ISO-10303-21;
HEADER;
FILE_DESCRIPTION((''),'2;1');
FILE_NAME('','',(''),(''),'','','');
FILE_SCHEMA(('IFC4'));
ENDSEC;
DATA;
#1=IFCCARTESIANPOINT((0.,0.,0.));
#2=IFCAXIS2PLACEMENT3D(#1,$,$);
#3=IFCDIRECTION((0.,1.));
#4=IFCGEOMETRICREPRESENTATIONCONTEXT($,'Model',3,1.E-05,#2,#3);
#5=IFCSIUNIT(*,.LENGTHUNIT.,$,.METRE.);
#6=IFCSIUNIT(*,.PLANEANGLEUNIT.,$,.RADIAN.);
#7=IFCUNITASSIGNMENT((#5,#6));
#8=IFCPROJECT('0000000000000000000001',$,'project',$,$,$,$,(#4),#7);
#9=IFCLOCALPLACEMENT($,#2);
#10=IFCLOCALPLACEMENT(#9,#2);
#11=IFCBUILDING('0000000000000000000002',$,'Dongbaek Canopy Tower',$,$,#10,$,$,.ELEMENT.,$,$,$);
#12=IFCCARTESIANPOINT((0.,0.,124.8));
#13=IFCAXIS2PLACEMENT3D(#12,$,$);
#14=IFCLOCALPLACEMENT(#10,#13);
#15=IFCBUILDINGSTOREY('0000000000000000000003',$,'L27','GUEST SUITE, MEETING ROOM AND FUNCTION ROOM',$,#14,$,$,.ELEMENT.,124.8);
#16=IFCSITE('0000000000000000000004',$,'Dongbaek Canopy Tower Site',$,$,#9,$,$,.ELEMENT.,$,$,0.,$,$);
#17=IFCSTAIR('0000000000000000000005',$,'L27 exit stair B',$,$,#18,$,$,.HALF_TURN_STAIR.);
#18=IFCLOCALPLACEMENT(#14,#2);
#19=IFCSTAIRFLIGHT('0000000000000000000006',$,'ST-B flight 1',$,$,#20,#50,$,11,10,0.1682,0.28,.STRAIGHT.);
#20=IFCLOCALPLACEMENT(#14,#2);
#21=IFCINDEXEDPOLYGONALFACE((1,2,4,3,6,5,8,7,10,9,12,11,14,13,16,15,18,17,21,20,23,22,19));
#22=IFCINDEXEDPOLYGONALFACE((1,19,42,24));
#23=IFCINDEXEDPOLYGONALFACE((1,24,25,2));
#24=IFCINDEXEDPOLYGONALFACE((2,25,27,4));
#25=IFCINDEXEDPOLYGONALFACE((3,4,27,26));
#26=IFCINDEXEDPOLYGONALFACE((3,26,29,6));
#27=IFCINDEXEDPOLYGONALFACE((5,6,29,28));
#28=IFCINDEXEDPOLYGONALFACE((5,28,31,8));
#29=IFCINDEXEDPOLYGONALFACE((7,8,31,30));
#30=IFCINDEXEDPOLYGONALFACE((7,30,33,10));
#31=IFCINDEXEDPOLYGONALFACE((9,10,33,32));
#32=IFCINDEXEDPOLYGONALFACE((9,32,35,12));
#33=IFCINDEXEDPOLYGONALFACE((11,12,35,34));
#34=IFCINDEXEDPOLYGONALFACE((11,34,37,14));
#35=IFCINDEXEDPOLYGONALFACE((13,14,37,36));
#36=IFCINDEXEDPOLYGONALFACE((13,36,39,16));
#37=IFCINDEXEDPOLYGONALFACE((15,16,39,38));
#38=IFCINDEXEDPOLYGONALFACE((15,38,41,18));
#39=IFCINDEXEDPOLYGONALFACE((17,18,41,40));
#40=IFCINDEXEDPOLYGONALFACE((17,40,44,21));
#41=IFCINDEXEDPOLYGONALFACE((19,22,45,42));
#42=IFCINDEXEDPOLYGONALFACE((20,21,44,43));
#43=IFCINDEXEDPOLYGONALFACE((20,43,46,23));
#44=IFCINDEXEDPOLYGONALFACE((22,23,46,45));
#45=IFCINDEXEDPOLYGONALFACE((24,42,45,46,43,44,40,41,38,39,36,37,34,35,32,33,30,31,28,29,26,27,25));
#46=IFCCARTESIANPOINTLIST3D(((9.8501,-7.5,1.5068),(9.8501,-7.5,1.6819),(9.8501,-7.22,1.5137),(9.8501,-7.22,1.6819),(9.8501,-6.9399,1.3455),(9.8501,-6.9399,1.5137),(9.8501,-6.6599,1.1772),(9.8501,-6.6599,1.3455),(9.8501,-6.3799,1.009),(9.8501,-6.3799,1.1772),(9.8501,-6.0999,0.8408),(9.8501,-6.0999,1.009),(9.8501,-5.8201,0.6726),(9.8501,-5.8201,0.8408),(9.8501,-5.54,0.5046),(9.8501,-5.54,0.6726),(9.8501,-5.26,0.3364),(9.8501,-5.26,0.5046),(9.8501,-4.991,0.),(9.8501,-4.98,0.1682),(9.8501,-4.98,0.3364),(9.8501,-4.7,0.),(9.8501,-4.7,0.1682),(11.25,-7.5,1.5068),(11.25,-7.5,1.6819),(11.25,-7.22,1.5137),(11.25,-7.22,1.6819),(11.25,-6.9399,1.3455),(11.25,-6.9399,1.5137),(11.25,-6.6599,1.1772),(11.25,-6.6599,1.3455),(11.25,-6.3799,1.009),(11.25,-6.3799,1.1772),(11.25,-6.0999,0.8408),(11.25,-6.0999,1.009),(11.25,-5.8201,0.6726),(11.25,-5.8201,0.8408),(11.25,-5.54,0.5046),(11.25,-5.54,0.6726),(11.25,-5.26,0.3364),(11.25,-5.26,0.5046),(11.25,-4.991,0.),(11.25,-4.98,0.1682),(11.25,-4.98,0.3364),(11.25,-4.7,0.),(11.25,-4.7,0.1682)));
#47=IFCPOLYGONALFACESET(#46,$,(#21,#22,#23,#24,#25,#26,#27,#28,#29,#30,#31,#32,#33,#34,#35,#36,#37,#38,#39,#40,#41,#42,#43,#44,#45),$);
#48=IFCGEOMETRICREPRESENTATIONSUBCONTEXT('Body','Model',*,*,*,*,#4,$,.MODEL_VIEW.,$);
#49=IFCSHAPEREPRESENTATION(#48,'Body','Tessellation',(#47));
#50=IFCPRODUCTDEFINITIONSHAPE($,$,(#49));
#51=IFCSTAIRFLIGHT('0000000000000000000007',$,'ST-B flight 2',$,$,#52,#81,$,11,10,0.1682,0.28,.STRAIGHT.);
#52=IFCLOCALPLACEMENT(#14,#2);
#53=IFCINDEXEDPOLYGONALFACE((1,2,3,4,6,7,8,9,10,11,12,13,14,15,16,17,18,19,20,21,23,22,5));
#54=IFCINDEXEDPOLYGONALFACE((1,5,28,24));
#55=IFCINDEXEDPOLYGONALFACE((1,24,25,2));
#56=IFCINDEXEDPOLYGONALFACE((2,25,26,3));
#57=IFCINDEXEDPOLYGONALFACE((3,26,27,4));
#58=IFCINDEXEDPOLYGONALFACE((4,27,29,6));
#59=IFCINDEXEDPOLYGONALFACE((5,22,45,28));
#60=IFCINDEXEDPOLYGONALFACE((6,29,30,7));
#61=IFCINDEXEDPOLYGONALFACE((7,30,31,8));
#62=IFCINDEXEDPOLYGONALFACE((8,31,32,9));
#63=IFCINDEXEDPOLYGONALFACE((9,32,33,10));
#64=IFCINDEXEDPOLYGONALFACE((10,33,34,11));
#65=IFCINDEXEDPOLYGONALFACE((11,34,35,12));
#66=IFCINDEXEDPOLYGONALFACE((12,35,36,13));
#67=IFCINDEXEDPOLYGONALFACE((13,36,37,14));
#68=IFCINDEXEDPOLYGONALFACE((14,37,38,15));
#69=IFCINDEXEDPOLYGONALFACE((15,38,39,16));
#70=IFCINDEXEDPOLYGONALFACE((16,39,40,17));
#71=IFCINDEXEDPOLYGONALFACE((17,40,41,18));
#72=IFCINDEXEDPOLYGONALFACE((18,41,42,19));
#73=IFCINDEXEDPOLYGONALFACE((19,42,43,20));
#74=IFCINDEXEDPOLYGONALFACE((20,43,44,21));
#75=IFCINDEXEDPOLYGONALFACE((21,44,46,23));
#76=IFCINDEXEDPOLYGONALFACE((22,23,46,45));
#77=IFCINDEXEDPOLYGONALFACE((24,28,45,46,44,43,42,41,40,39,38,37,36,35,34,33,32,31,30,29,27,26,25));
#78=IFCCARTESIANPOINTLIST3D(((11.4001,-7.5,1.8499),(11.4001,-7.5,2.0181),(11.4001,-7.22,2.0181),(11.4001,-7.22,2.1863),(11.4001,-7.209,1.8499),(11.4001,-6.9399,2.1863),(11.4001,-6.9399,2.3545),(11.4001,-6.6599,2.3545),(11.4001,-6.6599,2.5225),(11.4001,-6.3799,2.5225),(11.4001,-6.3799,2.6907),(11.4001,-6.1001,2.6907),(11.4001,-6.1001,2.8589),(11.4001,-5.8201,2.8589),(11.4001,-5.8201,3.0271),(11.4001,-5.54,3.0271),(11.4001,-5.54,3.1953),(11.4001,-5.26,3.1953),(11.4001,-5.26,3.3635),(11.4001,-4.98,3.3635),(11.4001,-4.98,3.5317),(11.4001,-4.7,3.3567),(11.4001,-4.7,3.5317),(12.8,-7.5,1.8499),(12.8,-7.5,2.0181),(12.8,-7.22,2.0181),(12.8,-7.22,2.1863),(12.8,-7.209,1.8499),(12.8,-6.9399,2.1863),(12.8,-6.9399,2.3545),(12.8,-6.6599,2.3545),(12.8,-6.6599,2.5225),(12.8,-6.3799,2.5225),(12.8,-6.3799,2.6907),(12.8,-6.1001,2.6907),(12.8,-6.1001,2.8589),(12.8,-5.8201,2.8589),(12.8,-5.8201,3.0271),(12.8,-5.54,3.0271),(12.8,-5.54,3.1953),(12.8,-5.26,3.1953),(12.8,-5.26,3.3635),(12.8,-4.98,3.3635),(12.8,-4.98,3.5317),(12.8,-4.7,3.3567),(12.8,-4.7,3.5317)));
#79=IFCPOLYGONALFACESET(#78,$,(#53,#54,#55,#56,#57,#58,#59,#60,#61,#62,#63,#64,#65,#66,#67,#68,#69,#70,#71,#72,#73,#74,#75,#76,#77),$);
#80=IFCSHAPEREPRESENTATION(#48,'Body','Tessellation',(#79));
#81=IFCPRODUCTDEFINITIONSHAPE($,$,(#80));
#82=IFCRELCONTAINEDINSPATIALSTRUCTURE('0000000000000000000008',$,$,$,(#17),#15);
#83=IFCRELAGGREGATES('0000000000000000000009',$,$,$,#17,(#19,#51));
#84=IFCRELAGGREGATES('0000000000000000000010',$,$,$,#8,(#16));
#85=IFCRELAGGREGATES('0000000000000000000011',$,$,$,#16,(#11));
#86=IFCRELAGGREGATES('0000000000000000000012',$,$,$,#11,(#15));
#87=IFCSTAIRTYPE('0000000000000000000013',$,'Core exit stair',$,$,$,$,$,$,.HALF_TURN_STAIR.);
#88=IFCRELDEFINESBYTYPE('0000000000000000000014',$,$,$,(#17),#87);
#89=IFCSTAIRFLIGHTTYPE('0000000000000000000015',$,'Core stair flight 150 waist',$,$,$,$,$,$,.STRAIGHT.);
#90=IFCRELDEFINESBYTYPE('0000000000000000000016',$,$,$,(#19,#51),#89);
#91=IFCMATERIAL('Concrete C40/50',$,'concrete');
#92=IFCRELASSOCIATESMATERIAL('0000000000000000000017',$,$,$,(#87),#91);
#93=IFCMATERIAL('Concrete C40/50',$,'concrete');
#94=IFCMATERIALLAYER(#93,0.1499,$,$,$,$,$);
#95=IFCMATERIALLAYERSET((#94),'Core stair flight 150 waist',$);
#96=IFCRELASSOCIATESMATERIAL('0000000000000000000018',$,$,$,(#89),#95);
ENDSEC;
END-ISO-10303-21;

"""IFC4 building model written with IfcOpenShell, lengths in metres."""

from ifc_helpers import new_model, si_unit, direction, frame, origin, place, context, subcontext, project, spatial, polyline, outline, extrude, material, layer, layer_set, type_object, element, aggregate, save


model = new_model("IFC4")

# Units and contexts
model_context = context("Model", 3, precision=1e-05, world=origin(), true_north=direction((0.0, 1.0)))
body_context = subcontext(model_context, "Body", "Model", "MODEL_VIEW")
ifc_project = project(units=[si_unit("LENGTHUNIT", "METRE"), si_unit("PLANEANGLEUNIT", "RADIAN")], contexts=[model_context])

# Site, building, storey
site_placement = place(None, origin())
site = spatial("IfcSite", under=ifc_project, at=site_placement, Name="Dongbaek Canopy Tower Site", CompositionType="ELEMENT", RefElevation=0.0)
building_placement = place(site_placement, origin())
building = spatial("IfcBuilding", under=site, at=building_placement, Name="Dongbaek Canopy Tower", CompositionType="ELEMENT")
storey_placement = place(building_placement, frame((0.0, 0.0, 124.8)))
storey = spatial("IfcBuildingStorey", under=building, at=storey_placement, Name="L27", Description="GUEST SUITE, MEETING ROOM AND FUNCTION ROOM", CompositionType="ELEMENT", Elevation=124.8)

# Stair
ifc_material_1 = material(Name="Concrete C40/50", Category="concrete")
stair_type = type_object("IfcStairType", Name="Core exit stair", PredefinedType="HALF_TURN_STAIR", material=ifc_material_1)
stair_1_placement = place(storey_placement, origin())
stair_1 = element("IfcStair", 1, at=stair_1_placement, inside=storey, type_object=stair_type, Name="L27 exit stair B", PredefinedType="HALF_TURN_STAIR")

# Stair flights
ifc_material_2 = material(Name="Concrete C40/50", Category="concrete")
ifc_layer_1 = layer(ifc_material_2, 0.1499)
ifc_layer_set_1 = layer_set([ifc_layer_1], Name="Core stair flight 150 waist")
stair_flight_type = type_object("IfcStairFlightType", Name="Core stair flight 150 waist", PredefinedType="STRAIGHT", material=ifc_layer_set_1)
stair_flight_1_placement = place(storey_placement, frame((10.55, -4.7, 0.0), z_axis=(0.0, 0.0, 1.0), x_axis=(0.0, -1.0, 0.0)))
stair_flight_1 = element("IfcStairFlight", 2, at=stair_flight_1_placement, type_object=stair_flight_type, Name="ST-B flight 1", NumberOfRisers=11, NumberOfTreads=10, PredefinedType="STRAIGHT", RiserHeight=0.1682, TreadLength=0.28, context=body_context, shape_type="SweptSolid", body=[
    extrude(outline(polyline([(0.0, 0.0), (0.0, 0.1682), (0.28, 0.1682), (0.28, 0.3364), (0.5601, 0.3364), (0.5601, 0.5046), (0.8401, 0.5046), (0.8401, 0.6726), (1.1201, 0.6726), (1.1201, 0.8408), (1.3999, 0.8408), (1.3999, 1.009), (1.6799, 1.009), (1.6799, 1.1772), (1.96, 1.1772), (1.96, 1.3455), (2.24, 1.3455), (2.24, 1.5137), (2.52, 1.5137), (2.52, 1.6819), (2.8, 1.6819), (2.8, 1.8501), (2.8, 1.5068), (0.291, 0.0), (0.0, 0.0)])), frame((0.0, 0.7, 0.0), z_axis=(0.0, -1.0, 0.0), x_axis=(1.0, 0.0, 0.0)), (0.0, 0.0, 1.0), 1.3999),
])
stair_flight_2_placement = place(storey_placement, frame((12.1001, -7.5, 1.8499), z_axis=(0.0, 0.0, 1.0), x_axis=(0.0, 1.0, 0.0)))
stair_flight_2 = element("IfcStairFlight", 3, at=stair_flight_2_placement, type_object=stair_flight_type, Name="ST-B flight 2", NumberOfRisers=11, NumberOfTreads=10, PredefinedType="STRAIGHT", RiserHeight=0.1682, TreadLength=0.28, context=body_context, shape_type="SweptSolid", body=[
    extrude(outline(polyline([(0.0, 0.0), (0.0, 0.1682), (0.28, 0.1682), (0.28, 0.3364), (0.5601, 0.3364), (0.5601, 0.5046), (0.8401, 0.5046), (0.8401, 0.6726), (1.1201, 0.6726), (1.1201, 0.8408), (1.3999, 0.8408), (1.3999, 1.009), (1.6799, 1.009), (1.6799, 1.1772), (1.96, 1.1772), (1.96, 1.3455), (2.24, 1.3455), (2.24, 1.5137), (2.52, 1.5137), (2.52, 1.6819), (2.8, 1.6819), (2.8, 1.8501), (2.8, 1.5068), (0.291, 0.0), (0.0, 0.0)])), frame((0.0, 0.7, 0.0), z_axis=(0.0, -1.0, 0.0), x_axis=(1.0, 0.0, 0.0)), (0.0, 0.0, 1.0), 1.3999),
])
aggregate(stair_1, [stair_flight_1, stair_flight_2])

save(model, "model.ifc")
